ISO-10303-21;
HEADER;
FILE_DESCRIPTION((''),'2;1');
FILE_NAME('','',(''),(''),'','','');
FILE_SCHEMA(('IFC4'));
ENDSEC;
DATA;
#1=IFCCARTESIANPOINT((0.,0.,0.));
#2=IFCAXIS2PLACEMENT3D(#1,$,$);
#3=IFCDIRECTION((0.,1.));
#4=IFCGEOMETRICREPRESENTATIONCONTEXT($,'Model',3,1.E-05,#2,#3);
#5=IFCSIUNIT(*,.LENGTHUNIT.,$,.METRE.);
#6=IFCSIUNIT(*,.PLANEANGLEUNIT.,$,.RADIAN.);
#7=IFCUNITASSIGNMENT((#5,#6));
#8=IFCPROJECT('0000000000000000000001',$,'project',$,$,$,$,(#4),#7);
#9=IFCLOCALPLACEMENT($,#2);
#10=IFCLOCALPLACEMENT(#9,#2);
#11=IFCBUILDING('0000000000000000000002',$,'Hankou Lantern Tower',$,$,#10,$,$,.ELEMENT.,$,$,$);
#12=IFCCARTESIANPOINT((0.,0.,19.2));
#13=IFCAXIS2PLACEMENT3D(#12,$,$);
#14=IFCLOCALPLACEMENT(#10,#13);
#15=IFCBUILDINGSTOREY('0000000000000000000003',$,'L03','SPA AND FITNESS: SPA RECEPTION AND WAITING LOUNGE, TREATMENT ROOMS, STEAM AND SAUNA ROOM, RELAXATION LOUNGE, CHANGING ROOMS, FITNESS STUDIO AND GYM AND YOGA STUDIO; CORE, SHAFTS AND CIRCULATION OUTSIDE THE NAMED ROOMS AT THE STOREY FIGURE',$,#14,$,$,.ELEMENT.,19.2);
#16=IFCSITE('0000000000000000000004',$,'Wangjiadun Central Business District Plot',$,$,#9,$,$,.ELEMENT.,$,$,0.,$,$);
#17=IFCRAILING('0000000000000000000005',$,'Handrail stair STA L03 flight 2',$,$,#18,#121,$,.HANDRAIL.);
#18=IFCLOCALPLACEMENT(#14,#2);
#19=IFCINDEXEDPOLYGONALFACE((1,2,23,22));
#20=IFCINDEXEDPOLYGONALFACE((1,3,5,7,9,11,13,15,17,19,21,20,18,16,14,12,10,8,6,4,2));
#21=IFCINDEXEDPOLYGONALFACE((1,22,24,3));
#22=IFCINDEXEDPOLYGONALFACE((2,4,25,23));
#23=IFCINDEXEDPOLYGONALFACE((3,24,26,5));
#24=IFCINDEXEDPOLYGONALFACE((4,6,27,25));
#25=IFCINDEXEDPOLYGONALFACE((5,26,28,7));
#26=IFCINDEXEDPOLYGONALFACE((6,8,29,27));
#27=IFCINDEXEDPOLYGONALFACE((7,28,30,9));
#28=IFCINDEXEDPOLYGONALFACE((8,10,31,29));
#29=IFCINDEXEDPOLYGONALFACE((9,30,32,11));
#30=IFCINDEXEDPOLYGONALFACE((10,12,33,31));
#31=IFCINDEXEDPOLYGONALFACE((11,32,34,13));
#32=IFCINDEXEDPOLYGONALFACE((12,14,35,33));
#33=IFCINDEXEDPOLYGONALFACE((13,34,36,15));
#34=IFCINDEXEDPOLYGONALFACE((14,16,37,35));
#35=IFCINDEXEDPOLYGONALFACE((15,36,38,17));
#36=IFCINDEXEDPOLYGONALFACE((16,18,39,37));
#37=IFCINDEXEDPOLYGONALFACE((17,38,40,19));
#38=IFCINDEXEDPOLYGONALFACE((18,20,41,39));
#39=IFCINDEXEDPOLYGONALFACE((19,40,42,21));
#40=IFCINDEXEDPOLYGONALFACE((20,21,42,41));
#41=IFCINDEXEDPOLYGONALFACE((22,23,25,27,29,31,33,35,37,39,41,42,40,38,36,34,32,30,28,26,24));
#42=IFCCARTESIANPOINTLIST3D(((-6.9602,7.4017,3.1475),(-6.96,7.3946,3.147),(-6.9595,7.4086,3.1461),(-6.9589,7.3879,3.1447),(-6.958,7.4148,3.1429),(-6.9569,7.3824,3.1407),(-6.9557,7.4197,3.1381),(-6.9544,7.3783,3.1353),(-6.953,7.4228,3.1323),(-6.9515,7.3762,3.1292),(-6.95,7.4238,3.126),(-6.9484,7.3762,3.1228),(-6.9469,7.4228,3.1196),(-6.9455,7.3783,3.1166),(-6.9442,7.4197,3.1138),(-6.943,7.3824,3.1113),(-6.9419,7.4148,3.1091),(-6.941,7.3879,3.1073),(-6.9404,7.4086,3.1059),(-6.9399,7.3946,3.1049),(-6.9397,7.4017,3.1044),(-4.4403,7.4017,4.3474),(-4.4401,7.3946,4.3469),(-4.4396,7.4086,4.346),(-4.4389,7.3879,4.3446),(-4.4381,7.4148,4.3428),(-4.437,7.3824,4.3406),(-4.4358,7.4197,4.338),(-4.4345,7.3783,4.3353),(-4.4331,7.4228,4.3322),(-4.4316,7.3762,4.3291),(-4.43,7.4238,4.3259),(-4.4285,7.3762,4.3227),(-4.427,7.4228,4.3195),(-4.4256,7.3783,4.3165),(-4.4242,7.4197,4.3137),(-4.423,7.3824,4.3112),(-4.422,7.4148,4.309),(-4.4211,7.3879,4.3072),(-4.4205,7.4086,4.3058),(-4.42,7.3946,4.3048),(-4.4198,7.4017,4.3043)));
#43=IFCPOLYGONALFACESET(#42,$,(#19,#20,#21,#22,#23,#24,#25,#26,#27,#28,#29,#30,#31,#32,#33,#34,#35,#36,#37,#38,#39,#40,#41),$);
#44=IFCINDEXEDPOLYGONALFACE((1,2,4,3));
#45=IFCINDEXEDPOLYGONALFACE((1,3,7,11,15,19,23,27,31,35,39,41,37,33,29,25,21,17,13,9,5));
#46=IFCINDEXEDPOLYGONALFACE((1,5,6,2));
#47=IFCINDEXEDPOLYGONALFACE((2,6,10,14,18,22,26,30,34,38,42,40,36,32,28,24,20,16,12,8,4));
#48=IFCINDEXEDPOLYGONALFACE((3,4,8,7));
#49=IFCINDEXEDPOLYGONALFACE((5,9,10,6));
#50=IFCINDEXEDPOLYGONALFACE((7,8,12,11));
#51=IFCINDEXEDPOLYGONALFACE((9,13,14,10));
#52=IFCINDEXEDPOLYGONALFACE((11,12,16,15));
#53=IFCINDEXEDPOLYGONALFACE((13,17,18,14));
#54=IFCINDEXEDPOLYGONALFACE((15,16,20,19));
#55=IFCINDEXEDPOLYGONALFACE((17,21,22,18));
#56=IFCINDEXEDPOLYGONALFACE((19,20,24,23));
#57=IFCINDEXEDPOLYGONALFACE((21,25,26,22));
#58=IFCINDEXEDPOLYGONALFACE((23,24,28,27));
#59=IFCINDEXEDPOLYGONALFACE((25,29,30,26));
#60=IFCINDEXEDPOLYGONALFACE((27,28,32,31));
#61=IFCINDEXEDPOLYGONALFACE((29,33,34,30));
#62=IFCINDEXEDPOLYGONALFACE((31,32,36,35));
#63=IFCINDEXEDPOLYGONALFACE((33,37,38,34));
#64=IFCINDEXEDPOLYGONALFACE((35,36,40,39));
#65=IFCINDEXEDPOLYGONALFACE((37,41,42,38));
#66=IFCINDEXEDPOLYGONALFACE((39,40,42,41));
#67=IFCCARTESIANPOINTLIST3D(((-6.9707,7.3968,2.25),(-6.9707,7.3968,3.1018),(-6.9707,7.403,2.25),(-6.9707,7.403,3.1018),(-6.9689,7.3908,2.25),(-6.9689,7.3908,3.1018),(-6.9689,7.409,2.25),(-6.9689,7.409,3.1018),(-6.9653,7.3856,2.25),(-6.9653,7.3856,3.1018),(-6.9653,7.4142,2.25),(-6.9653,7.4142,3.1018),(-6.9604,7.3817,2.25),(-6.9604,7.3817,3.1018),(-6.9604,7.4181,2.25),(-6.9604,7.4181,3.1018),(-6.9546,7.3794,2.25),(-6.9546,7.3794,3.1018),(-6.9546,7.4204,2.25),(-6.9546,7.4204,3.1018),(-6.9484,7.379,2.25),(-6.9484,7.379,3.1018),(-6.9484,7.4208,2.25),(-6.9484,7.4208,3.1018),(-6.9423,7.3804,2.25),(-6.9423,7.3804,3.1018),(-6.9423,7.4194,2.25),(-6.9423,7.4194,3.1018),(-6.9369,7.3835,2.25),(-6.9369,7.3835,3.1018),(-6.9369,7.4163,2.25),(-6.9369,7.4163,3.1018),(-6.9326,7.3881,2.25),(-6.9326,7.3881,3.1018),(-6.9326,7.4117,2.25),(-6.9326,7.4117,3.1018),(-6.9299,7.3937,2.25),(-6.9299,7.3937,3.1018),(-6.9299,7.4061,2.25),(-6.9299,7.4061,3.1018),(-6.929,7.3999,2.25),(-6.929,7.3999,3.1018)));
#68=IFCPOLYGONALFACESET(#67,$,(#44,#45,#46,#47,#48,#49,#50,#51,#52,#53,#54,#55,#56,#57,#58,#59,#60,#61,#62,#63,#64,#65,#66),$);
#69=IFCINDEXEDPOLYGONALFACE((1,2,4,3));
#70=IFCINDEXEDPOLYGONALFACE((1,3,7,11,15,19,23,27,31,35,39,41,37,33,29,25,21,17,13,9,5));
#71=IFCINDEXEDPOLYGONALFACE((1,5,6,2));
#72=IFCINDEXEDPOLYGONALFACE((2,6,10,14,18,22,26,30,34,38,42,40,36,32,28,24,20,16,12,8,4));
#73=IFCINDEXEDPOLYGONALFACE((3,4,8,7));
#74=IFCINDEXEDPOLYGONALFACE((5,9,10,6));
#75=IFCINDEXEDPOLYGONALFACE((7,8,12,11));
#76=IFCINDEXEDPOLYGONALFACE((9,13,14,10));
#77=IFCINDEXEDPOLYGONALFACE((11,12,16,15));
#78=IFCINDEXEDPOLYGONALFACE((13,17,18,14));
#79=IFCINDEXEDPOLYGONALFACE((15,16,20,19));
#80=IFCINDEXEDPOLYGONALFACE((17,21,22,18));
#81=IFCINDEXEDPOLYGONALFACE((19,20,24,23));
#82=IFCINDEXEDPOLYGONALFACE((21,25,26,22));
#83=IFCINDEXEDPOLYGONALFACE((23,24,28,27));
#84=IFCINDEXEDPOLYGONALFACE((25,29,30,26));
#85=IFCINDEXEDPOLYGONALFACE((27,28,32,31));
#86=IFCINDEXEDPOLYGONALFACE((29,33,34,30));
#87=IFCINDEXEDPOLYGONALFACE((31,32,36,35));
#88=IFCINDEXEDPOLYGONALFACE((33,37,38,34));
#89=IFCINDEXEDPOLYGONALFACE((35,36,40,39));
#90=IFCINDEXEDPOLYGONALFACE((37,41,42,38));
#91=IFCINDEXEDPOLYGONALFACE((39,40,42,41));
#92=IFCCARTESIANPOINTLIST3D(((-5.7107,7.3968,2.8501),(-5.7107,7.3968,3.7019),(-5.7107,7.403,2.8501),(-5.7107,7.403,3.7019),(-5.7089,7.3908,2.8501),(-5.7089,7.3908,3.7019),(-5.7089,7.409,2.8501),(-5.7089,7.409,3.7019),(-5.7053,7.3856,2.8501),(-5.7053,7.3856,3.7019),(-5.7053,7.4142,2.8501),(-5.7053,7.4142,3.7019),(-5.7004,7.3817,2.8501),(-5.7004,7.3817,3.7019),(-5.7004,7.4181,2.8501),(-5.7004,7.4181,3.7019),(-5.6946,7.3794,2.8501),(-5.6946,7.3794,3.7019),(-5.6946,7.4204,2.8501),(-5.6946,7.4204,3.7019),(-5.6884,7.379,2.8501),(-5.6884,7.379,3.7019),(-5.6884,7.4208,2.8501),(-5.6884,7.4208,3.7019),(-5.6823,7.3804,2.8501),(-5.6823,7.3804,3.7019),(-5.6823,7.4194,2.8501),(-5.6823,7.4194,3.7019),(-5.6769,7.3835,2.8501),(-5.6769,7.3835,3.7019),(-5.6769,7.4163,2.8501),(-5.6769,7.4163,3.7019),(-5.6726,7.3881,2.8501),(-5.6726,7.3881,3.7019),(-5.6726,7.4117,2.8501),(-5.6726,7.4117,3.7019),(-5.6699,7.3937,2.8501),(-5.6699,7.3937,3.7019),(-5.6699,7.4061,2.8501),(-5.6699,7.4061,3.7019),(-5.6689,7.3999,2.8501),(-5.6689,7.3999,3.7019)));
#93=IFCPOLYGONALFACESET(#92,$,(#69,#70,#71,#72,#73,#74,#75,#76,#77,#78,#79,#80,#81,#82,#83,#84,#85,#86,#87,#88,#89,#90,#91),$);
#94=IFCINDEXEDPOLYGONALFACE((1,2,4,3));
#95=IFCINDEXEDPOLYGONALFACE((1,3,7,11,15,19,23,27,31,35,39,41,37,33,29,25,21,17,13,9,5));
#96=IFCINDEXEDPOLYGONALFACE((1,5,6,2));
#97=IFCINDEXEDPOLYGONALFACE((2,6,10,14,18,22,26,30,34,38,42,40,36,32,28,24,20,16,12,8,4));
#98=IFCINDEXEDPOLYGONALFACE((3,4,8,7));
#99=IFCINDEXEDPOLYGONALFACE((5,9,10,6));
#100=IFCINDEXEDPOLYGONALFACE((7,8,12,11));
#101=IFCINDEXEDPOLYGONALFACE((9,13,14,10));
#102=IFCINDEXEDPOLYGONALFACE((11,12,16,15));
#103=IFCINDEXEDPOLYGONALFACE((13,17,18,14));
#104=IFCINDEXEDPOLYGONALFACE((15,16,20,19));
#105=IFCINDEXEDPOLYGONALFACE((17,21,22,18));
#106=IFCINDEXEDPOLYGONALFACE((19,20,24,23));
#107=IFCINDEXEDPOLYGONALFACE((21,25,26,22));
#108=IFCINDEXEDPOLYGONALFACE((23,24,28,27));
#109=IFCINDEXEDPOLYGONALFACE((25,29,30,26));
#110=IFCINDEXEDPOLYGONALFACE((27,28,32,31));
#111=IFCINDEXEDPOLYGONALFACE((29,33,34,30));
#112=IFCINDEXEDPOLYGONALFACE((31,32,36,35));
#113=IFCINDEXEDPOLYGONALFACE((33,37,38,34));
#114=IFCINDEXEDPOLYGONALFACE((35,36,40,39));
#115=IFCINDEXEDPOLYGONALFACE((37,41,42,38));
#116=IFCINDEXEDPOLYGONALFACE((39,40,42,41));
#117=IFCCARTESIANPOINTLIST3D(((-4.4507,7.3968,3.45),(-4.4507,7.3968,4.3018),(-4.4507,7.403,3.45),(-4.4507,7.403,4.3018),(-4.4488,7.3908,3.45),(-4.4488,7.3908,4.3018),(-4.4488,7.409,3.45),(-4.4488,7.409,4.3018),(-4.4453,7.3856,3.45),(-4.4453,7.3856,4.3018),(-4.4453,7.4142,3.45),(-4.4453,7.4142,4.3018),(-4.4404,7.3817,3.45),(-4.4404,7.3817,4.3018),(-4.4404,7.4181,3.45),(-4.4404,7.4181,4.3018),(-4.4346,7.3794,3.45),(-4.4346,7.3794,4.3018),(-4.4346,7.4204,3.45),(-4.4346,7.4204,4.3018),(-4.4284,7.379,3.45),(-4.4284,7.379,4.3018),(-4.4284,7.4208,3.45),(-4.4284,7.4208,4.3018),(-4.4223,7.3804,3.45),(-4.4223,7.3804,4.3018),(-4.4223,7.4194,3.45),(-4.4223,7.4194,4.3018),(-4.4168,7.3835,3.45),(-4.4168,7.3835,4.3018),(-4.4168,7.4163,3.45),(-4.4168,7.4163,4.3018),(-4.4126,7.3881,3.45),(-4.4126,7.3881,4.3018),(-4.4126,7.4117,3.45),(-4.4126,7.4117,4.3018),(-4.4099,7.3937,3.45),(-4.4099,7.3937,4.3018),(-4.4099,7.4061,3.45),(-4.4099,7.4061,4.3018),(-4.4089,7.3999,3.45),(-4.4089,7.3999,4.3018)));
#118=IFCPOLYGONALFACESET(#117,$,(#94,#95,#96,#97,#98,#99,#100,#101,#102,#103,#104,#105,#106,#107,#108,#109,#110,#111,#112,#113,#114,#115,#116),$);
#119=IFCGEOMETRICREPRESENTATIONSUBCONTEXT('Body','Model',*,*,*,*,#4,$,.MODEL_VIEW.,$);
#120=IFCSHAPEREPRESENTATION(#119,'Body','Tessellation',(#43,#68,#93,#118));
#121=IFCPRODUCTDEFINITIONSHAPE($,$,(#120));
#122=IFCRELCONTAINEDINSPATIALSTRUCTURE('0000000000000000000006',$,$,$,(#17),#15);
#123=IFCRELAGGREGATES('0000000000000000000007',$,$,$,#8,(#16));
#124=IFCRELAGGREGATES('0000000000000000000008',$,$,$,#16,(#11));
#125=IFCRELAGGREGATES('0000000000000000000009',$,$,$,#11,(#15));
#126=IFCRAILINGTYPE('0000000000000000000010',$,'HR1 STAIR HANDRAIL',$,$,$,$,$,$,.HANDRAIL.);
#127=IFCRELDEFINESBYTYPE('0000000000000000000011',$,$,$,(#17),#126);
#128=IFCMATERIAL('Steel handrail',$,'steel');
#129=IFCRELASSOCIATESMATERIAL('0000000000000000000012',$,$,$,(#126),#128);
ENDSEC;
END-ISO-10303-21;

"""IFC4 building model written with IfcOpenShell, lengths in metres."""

from ifc_helpers import new_model, si_unit, direction, frame, origin, origin_2d, place, context, subcontext, project, spatial, circle, extrude, material, type_object, element, save


model = new_model("IFC4")

# Units and contexts
model_context = context("Model", 3, precision=1e-05, world=origin(), true_north=direction((0.0, 1.0)))
body_context = subcontext(model_context, "Body", "Model", "MODEL_VIEW")
ifc_project = project(units=[si_unit("LENGTHUNIT", "METRE"), si_unit("PLANEANGLEUNIT", "RADIAN")], contexts=[model_context])

# Site, building, storey
site_placement = place(None, origin())
site = spatial("IfcSite", under=ifc_project, at=site_placement, Name="Wangjiadun Central Business District Plot", CompositionType="ELEMENT", RefElevation=0.0)
building_placement = place(site_placement, origin())
building = spatial("IfcBuilding", under=site, at=building_placement, Name="Hankou Lantern Tower", CompositionType="ELEMENT")
storey_placement = place(building_placement, frame((0.0, 0.0, 19.2)))
storey = spatial("IfcBuildingStorey", under=building, at=storey_placement, Name="L03", Description="SPA AND FITNESS: SPA RECEPTION AND WAITING LOUNGE, TREATMENT ROOMS, STEAM AND SAUNA ROOM, RELAXATION LOUNGE, CHANGING ROOMS, FITNESS STUDIO AND GYM AND YOGA STUDIO; CORE, SHAFTS AND CIRCULATION OUTSIDE THE NAMED ROOMS AT THE STOREY FIGURE", CompositionType="ELEMENT", Elevation=19.2)

# Railing
ifc_material_1 = material(Name="Steel handrail", Category="steel")
railing_type = type_object("IfcRailingType", Name="HR1 STAIR HANDRAIL", PredefinedType="HANDRAIL", material=ifc_material_1)
railing_1_placement = place(storey_placement, frame((-6.95, 7.3999, 2.25)))
element("IfcRailing", 1, at=railing_1_placement, inside=storey, type_object=railing_type, Name="Handrail stair STA L03 flight 2", PredefinedType="HANDRAIL", context=body_context, shape_type="SweptSolid", body=[
    extrude(circle(Radius=0.0239, at=origin_2d()), frame((0.0, 0.0, 0.876), z_axis=(0.902869, 0.0, 0.429917), x_axis=(0.0, 1.0, 0.0)), (0.0, 0.0, 1.0), 2.791),
    extrude(circle(Radius=0.021, at=origin_2d()), origin(), (0.0, 0.0, 1.0), 0.8518),
    extrude(circle(Radius=0.021, at=origin_2d()), frame((1.26, 0.0, 0.6001)), (0.0, 0.0, 1.0), 0.8518),
    extrude(circle(Radius=0.021, at=origin_2d()), frame((2.52, 0.0, 1.2)), (0.0, 0.0, 1.0), 0.8518),
])

save(model, "model.ifc")
